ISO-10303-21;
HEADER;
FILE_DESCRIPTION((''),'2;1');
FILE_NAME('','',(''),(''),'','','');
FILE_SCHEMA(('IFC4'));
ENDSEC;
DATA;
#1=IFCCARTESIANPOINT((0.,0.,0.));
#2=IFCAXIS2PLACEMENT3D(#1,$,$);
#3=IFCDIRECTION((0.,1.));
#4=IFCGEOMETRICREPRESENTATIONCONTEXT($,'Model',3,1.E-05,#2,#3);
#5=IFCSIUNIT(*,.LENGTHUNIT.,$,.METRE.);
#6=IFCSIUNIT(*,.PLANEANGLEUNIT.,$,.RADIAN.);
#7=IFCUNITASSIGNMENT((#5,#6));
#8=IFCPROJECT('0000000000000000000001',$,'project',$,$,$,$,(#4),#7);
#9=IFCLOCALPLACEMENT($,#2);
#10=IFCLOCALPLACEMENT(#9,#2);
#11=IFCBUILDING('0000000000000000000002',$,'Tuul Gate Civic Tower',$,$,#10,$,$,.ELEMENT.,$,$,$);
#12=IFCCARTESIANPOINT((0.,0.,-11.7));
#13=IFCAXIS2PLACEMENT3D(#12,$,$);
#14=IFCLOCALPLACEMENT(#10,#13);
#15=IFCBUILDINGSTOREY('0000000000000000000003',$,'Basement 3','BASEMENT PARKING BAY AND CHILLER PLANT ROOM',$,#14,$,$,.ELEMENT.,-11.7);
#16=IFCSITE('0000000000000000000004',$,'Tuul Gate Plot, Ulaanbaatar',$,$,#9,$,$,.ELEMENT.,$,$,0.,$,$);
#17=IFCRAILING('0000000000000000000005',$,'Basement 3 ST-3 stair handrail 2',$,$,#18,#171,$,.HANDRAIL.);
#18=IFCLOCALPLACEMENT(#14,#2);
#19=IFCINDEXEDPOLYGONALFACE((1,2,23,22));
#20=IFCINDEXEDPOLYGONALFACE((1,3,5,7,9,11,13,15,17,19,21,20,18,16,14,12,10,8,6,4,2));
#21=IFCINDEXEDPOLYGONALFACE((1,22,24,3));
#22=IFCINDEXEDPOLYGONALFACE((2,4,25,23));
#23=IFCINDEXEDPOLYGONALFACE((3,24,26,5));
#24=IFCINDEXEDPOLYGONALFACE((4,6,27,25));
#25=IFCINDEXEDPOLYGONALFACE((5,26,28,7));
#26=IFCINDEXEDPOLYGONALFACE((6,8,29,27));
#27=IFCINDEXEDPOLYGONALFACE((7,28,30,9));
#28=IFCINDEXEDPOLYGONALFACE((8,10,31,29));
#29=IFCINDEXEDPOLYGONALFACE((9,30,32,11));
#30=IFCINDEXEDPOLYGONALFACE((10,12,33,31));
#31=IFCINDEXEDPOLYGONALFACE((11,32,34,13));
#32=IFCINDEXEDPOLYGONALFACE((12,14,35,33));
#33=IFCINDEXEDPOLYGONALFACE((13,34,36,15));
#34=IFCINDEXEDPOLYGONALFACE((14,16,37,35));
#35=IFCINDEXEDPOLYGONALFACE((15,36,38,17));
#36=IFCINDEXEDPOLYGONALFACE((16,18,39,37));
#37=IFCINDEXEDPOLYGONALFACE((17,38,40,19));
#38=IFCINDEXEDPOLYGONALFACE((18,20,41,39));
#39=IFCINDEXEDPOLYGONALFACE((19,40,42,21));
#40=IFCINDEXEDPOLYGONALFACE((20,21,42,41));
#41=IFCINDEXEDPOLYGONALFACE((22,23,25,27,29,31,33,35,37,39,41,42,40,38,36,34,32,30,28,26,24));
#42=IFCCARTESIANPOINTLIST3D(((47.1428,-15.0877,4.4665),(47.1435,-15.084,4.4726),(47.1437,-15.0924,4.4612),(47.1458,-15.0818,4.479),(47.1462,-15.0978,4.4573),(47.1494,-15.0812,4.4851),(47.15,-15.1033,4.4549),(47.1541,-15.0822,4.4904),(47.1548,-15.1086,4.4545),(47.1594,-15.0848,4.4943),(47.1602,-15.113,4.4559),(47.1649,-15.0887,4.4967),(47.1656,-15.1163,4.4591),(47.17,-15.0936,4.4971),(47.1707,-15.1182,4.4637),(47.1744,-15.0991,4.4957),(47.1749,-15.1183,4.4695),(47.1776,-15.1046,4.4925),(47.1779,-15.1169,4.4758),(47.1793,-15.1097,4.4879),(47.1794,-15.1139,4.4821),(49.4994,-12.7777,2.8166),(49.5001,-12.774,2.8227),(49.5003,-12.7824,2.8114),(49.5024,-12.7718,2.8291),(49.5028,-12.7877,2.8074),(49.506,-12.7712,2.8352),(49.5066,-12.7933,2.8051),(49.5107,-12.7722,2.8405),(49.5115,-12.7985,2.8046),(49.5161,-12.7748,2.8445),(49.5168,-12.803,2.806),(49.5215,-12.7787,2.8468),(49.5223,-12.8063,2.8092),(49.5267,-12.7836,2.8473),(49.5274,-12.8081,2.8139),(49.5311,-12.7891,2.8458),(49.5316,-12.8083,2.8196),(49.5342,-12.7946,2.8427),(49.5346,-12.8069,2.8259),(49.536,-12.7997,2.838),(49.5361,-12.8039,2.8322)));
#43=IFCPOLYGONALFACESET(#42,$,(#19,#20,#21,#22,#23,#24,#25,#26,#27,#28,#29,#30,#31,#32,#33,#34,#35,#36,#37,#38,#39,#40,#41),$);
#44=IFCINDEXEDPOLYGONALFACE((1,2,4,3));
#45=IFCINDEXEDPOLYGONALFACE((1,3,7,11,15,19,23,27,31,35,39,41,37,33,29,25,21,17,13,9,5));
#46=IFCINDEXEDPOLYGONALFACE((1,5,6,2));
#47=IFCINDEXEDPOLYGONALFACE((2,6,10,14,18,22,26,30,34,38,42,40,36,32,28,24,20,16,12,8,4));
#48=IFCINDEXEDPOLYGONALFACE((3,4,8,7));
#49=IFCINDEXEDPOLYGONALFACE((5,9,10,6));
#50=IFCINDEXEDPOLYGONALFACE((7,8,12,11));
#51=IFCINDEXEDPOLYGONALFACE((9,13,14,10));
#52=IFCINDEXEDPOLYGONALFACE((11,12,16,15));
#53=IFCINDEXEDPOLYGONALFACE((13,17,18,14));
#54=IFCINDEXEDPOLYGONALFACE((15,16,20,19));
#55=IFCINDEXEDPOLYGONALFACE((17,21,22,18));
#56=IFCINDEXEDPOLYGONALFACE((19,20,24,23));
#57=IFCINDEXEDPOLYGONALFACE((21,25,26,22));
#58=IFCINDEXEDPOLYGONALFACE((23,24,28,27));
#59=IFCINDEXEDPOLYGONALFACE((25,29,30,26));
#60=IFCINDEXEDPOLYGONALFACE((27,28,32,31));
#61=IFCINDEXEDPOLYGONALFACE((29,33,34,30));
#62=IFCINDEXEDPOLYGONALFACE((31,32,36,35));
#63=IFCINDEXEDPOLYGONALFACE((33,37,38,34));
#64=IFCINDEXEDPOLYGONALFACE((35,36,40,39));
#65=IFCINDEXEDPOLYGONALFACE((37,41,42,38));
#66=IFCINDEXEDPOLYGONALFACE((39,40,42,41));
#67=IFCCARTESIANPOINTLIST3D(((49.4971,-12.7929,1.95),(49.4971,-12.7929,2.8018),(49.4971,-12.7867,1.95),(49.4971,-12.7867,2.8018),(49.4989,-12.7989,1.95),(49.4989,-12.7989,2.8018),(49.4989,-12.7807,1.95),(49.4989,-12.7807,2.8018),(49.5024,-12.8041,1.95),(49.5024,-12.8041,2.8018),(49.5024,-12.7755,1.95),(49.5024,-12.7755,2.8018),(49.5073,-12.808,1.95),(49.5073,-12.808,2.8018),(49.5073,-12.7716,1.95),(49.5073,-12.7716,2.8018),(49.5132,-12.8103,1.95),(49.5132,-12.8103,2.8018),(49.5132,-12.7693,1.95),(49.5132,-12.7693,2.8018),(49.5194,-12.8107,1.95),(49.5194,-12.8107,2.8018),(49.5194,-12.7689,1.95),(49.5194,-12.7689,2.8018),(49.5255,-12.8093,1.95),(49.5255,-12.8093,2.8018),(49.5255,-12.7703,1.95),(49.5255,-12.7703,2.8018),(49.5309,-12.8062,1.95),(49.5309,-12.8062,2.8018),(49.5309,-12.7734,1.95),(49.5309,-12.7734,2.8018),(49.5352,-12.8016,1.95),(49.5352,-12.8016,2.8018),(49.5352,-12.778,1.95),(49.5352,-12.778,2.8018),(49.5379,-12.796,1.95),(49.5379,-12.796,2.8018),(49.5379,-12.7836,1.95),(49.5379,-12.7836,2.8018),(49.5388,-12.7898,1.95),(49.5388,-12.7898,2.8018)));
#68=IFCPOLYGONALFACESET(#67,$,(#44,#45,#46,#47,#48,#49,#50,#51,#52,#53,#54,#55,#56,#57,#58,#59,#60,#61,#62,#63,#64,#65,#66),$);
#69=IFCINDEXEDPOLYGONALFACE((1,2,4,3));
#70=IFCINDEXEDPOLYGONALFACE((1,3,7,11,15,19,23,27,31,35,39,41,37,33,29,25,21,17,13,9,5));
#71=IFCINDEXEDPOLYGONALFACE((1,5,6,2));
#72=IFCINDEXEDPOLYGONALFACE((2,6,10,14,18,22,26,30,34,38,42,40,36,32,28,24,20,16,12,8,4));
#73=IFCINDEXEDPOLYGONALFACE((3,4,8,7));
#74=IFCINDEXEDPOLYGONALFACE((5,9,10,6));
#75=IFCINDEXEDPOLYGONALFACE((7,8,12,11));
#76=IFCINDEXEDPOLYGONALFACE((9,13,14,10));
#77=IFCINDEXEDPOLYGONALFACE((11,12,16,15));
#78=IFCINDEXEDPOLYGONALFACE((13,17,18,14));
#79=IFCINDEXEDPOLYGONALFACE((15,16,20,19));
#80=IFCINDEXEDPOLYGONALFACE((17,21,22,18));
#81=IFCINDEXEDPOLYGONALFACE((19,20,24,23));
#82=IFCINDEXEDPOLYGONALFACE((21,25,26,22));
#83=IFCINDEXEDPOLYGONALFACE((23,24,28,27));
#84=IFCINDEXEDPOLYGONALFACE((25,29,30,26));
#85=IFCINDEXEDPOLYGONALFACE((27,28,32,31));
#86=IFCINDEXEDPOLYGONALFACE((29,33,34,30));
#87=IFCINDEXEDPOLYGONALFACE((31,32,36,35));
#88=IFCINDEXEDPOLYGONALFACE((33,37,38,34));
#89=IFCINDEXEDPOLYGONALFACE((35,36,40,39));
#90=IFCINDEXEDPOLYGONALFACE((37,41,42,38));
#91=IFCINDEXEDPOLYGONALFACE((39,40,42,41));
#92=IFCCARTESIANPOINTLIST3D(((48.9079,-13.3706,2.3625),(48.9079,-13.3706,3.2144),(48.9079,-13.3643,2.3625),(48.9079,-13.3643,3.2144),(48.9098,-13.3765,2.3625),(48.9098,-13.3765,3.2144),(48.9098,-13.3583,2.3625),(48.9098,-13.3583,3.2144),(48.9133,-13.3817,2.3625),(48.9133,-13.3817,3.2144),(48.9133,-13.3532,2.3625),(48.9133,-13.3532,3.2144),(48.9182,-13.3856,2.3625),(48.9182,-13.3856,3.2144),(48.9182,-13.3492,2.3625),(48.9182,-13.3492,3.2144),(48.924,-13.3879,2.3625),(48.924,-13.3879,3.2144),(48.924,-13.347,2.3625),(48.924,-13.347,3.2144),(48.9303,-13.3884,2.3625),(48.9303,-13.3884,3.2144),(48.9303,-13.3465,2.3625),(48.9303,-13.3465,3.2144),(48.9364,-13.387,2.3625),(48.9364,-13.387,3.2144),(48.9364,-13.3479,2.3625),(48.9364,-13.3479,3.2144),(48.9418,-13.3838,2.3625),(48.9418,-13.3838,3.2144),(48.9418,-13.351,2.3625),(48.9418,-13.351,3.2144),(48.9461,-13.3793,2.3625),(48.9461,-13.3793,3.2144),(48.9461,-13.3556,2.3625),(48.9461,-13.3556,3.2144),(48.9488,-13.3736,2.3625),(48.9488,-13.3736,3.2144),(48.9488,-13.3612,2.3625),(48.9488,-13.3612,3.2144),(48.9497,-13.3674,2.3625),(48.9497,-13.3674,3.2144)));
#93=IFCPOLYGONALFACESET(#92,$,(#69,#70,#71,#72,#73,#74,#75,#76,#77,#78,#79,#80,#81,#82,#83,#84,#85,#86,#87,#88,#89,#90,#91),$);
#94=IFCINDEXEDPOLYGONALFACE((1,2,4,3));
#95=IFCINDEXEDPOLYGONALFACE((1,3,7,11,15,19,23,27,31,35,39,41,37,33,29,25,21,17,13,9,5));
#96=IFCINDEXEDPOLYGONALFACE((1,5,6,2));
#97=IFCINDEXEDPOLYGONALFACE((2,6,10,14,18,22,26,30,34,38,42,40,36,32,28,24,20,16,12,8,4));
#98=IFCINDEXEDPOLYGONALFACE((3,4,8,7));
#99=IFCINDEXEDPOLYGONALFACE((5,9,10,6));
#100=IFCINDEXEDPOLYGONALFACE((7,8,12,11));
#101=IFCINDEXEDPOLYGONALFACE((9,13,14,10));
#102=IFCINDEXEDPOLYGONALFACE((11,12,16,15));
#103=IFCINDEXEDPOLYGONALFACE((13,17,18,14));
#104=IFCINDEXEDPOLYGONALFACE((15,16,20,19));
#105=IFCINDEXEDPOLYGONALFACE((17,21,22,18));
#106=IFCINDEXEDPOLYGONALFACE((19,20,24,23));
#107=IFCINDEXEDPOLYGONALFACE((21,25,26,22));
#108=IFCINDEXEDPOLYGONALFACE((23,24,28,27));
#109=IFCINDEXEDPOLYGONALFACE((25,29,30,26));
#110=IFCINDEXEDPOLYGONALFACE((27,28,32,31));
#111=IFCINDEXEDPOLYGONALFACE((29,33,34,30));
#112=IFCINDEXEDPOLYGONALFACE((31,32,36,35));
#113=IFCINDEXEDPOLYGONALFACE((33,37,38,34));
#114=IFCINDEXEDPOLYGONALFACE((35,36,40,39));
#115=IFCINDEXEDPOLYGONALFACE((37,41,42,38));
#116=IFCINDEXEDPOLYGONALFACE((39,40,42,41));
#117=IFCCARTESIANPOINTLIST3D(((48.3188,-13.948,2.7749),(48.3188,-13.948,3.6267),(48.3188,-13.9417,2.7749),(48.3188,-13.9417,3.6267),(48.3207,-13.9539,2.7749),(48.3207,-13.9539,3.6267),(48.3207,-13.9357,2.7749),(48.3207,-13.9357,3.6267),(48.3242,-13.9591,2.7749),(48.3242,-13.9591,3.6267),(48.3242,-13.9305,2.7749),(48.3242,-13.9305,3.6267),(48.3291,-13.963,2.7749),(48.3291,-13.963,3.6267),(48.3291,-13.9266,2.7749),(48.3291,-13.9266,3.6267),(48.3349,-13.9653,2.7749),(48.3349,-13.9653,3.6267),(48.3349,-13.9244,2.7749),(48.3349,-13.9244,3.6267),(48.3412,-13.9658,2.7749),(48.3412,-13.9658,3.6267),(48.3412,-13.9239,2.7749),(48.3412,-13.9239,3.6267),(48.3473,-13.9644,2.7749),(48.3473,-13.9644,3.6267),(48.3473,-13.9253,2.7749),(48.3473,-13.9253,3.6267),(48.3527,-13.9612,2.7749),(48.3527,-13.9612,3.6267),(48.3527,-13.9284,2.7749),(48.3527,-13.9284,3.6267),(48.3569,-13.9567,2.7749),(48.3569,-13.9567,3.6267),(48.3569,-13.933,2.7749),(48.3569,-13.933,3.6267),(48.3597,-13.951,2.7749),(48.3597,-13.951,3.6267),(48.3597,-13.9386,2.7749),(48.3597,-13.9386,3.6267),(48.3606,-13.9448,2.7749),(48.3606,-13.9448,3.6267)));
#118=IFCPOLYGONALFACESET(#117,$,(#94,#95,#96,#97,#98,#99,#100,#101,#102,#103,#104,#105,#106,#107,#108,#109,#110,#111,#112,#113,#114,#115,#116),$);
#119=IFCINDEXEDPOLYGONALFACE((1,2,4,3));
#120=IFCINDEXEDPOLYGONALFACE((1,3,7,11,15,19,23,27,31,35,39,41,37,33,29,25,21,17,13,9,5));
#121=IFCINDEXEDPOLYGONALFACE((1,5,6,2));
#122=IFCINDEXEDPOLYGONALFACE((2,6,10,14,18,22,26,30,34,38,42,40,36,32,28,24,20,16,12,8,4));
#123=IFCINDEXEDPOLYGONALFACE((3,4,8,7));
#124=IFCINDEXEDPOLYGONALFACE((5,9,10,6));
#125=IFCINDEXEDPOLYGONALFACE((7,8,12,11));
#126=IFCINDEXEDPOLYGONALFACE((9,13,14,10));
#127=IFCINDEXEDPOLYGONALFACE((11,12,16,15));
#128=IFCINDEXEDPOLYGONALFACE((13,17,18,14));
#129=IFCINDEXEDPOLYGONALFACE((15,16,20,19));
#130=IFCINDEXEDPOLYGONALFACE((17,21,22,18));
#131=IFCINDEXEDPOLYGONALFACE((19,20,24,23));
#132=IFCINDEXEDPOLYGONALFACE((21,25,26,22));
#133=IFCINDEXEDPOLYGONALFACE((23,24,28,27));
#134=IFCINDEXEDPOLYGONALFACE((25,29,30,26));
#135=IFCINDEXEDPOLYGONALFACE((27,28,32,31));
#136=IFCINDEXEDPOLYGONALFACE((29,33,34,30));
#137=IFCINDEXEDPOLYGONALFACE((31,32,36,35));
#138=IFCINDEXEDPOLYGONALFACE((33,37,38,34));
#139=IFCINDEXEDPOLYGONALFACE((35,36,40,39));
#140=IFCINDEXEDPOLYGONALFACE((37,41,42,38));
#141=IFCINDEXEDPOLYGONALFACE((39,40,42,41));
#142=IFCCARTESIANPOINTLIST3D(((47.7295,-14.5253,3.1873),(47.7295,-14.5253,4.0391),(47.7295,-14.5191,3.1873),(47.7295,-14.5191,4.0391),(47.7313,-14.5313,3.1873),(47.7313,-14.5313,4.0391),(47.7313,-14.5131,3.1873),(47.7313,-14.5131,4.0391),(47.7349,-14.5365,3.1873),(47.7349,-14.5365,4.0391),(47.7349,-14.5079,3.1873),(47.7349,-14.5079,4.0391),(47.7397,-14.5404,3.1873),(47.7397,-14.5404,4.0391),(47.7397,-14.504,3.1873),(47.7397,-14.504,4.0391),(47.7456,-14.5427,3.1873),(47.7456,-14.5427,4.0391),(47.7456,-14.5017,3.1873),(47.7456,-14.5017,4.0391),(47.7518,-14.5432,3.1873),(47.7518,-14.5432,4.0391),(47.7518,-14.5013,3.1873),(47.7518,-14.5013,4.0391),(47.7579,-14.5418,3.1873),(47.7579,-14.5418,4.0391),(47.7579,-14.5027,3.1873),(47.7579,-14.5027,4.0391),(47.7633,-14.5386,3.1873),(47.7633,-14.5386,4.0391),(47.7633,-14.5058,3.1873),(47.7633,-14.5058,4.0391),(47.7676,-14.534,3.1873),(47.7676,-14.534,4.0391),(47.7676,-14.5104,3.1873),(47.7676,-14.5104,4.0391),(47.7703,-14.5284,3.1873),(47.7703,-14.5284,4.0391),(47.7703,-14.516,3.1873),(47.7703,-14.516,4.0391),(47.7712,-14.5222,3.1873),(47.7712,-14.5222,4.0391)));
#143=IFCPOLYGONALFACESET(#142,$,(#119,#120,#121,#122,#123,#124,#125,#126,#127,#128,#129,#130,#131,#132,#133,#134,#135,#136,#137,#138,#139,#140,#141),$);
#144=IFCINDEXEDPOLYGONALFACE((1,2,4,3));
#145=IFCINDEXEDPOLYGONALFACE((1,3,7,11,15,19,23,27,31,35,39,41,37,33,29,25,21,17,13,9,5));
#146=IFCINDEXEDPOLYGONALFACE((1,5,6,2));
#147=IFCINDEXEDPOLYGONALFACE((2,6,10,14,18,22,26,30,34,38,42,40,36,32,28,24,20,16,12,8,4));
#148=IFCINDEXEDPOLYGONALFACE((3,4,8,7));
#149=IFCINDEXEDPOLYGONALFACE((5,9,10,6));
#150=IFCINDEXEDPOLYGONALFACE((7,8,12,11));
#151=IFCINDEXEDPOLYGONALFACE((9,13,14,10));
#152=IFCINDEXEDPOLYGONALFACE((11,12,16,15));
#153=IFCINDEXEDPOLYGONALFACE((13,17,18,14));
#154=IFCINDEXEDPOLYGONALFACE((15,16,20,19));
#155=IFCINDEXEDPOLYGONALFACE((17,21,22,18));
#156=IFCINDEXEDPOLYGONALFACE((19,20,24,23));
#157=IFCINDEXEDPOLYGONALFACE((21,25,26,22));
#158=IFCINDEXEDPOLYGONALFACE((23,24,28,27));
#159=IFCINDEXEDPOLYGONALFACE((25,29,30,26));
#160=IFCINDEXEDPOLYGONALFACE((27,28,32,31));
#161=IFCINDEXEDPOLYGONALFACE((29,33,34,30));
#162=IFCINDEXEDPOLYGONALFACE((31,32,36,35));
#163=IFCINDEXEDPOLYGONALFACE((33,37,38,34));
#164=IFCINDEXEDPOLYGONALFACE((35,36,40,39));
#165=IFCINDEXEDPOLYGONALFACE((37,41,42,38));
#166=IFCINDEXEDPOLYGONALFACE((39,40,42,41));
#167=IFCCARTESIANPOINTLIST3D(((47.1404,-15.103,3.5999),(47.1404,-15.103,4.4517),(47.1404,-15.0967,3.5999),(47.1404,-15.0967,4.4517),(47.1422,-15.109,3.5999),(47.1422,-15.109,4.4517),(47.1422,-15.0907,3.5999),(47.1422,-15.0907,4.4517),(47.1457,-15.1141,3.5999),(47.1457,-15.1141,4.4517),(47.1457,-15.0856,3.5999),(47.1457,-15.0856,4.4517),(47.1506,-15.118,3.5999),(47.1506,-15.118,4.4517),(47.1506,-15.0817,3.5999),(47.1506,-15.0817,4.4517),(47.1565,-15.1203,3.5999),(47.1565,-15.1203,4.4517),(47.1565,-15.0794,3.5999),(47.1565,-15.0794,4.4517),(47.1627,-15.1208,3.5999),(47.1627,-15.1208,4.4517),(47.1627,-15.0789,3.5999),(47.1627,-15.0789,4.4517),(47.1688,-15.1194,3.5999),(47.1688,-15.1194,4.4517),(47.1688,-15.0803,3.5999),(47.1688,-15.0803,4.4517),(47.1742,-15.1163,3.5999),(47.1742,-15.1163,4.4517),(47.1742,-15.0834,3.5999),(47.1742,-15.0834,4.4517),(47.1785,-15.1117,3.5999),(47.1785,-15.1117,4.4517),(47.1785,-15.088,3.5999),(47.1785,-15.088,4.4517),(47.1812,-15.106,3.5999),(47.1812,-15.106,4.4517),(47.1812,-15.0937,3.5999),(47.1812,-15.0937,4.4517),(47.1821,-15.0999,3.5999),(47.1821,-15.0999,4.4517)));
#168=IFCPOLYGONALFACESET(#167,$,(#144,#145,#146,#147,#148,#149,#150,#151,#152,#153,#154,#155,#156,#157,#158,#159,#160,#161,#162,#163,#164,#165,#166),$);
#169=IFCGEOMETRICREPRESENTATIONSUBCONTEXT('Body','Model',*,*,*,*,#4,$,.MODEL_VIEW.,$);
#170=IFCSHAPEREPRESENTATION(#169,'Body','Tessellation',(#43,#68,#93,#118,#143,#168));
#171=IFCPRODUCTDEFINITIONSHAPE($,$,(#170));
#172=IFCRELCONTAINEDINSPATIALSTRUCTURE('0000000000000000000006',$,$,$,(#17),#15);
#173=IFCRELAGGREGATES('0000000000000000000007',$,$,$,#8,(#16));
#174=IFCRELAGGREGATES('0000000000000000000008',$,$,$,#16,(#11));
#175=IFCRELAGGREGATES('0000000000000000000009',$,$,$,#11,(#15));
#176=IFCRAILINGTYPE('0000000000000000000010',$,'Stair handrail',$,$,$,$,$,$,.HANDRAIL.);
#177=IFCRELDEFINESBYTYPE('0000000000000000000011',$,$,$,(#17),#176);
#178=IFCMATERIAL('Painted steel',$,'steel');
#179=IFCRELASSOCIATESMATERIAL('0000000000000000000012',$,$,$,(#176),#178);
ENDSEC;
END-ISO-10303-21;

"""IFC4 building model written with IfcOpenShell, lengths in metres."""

from ifc_helpers import new_model, si_unit, direction, frame, origin, origin_2d, place, context, subcontext, project, spatial, circle, extrude, material, type_object, element, save


model = new_model("IFC4")

# Units and contexts
model_context = context("Model", 3, precision=1e-05, world=origin(), true_north=direction((0.0, 1.0)))
body_context = subcontext(model_context, "Body", "Model", "MODEL_VIEW")
ifc_project = project(units=[si_unit("LENGTHUNIT", "METRE"), si_unit("PLANEANGLEUNIT", "RADIAN")], contexts=[model_context])

# Site, building, storey
site_placement = place(None, origin())
site = spatial("IfcSite", under=ifc_project, at=site_placement, Name="Tuul Gate Plot, Ulaanbaatar", CompositionType="ELEMENT", RefElevation=0.0)
building_placement = place(site_placement, origin())
building = spatial("IfcBuilding", under=site, at=building_placement, Name="Tuul Gate Civic Tower", CompositionType="ELEMENT")
storey_placement = place(building_placement, frame((0.0, 0.0, -11.7)))
storey = spatial("IfcBuildingStorey", under=building, at=storey_placement, Name="Basement 3", Description="BASEMENT PARKING BAY AND CHILLER PLANT ROOM", CompositionType="ELEMENT", Elevation=-11.7)

# Railing
ifc_material_1 = material(Name="Painted steel", Category="steel")
railing_type = type_object("IfcRailingType", Name="Stair handrail", PredefinedType="HANDRAIL", material=ifc_material_1)
railing_placement = place(storey_placement, frame((49.5178, -12.7898, 1.95)))
element("IfcRailing", 1, at=railing_placement, inside=storey, type_object=railing_type, Name="Basement 3 ST-3 stair handrail 2", PredefinedType="HANDRAIL", context=body_context, shape_type="SweptSolid", body=[
    extrude(circle(Radius=0.0239, at=origin_2d()), frame((0.0, 0.0, 0.876), z_axis=(-0.638753, -0.626114, 0.447187), x_axis=(0.700006, -0.714137, 0.0)), (0.0, 0.0, 1.0), 3.6895),
    extrude(circle(Radius=0.021, at=origin_2d()), origin(), (0.0, 0.0, 1.0), 0.8518),
    extrude(circle(Radius=0.021, at=origin_2d()), frame((-0.5891, -0.5776, 0.4126)), (0.0, 0.0, 1.0), 0.8518),
    extrude(circle(Radius=0.021, at=origin_2d()), frame((-1.1782, -1.155, 0.825)), (0.0, 0.0, 1.0), 0.8518),
    extrude(circle(Radius=0.021, at=origin_2d()), frame((-1.7676, -1.7324, 1.2373)), (0.0, 0.0, 1.0), 0.8518),
    extrude(circle(Radius=0.021, at=origin_2d()), frame((-2.3567, -2.3101, 1.6499)), (0.0, 0.0, 1.0), 0.8518),
])

save(model, "model.ifc")
